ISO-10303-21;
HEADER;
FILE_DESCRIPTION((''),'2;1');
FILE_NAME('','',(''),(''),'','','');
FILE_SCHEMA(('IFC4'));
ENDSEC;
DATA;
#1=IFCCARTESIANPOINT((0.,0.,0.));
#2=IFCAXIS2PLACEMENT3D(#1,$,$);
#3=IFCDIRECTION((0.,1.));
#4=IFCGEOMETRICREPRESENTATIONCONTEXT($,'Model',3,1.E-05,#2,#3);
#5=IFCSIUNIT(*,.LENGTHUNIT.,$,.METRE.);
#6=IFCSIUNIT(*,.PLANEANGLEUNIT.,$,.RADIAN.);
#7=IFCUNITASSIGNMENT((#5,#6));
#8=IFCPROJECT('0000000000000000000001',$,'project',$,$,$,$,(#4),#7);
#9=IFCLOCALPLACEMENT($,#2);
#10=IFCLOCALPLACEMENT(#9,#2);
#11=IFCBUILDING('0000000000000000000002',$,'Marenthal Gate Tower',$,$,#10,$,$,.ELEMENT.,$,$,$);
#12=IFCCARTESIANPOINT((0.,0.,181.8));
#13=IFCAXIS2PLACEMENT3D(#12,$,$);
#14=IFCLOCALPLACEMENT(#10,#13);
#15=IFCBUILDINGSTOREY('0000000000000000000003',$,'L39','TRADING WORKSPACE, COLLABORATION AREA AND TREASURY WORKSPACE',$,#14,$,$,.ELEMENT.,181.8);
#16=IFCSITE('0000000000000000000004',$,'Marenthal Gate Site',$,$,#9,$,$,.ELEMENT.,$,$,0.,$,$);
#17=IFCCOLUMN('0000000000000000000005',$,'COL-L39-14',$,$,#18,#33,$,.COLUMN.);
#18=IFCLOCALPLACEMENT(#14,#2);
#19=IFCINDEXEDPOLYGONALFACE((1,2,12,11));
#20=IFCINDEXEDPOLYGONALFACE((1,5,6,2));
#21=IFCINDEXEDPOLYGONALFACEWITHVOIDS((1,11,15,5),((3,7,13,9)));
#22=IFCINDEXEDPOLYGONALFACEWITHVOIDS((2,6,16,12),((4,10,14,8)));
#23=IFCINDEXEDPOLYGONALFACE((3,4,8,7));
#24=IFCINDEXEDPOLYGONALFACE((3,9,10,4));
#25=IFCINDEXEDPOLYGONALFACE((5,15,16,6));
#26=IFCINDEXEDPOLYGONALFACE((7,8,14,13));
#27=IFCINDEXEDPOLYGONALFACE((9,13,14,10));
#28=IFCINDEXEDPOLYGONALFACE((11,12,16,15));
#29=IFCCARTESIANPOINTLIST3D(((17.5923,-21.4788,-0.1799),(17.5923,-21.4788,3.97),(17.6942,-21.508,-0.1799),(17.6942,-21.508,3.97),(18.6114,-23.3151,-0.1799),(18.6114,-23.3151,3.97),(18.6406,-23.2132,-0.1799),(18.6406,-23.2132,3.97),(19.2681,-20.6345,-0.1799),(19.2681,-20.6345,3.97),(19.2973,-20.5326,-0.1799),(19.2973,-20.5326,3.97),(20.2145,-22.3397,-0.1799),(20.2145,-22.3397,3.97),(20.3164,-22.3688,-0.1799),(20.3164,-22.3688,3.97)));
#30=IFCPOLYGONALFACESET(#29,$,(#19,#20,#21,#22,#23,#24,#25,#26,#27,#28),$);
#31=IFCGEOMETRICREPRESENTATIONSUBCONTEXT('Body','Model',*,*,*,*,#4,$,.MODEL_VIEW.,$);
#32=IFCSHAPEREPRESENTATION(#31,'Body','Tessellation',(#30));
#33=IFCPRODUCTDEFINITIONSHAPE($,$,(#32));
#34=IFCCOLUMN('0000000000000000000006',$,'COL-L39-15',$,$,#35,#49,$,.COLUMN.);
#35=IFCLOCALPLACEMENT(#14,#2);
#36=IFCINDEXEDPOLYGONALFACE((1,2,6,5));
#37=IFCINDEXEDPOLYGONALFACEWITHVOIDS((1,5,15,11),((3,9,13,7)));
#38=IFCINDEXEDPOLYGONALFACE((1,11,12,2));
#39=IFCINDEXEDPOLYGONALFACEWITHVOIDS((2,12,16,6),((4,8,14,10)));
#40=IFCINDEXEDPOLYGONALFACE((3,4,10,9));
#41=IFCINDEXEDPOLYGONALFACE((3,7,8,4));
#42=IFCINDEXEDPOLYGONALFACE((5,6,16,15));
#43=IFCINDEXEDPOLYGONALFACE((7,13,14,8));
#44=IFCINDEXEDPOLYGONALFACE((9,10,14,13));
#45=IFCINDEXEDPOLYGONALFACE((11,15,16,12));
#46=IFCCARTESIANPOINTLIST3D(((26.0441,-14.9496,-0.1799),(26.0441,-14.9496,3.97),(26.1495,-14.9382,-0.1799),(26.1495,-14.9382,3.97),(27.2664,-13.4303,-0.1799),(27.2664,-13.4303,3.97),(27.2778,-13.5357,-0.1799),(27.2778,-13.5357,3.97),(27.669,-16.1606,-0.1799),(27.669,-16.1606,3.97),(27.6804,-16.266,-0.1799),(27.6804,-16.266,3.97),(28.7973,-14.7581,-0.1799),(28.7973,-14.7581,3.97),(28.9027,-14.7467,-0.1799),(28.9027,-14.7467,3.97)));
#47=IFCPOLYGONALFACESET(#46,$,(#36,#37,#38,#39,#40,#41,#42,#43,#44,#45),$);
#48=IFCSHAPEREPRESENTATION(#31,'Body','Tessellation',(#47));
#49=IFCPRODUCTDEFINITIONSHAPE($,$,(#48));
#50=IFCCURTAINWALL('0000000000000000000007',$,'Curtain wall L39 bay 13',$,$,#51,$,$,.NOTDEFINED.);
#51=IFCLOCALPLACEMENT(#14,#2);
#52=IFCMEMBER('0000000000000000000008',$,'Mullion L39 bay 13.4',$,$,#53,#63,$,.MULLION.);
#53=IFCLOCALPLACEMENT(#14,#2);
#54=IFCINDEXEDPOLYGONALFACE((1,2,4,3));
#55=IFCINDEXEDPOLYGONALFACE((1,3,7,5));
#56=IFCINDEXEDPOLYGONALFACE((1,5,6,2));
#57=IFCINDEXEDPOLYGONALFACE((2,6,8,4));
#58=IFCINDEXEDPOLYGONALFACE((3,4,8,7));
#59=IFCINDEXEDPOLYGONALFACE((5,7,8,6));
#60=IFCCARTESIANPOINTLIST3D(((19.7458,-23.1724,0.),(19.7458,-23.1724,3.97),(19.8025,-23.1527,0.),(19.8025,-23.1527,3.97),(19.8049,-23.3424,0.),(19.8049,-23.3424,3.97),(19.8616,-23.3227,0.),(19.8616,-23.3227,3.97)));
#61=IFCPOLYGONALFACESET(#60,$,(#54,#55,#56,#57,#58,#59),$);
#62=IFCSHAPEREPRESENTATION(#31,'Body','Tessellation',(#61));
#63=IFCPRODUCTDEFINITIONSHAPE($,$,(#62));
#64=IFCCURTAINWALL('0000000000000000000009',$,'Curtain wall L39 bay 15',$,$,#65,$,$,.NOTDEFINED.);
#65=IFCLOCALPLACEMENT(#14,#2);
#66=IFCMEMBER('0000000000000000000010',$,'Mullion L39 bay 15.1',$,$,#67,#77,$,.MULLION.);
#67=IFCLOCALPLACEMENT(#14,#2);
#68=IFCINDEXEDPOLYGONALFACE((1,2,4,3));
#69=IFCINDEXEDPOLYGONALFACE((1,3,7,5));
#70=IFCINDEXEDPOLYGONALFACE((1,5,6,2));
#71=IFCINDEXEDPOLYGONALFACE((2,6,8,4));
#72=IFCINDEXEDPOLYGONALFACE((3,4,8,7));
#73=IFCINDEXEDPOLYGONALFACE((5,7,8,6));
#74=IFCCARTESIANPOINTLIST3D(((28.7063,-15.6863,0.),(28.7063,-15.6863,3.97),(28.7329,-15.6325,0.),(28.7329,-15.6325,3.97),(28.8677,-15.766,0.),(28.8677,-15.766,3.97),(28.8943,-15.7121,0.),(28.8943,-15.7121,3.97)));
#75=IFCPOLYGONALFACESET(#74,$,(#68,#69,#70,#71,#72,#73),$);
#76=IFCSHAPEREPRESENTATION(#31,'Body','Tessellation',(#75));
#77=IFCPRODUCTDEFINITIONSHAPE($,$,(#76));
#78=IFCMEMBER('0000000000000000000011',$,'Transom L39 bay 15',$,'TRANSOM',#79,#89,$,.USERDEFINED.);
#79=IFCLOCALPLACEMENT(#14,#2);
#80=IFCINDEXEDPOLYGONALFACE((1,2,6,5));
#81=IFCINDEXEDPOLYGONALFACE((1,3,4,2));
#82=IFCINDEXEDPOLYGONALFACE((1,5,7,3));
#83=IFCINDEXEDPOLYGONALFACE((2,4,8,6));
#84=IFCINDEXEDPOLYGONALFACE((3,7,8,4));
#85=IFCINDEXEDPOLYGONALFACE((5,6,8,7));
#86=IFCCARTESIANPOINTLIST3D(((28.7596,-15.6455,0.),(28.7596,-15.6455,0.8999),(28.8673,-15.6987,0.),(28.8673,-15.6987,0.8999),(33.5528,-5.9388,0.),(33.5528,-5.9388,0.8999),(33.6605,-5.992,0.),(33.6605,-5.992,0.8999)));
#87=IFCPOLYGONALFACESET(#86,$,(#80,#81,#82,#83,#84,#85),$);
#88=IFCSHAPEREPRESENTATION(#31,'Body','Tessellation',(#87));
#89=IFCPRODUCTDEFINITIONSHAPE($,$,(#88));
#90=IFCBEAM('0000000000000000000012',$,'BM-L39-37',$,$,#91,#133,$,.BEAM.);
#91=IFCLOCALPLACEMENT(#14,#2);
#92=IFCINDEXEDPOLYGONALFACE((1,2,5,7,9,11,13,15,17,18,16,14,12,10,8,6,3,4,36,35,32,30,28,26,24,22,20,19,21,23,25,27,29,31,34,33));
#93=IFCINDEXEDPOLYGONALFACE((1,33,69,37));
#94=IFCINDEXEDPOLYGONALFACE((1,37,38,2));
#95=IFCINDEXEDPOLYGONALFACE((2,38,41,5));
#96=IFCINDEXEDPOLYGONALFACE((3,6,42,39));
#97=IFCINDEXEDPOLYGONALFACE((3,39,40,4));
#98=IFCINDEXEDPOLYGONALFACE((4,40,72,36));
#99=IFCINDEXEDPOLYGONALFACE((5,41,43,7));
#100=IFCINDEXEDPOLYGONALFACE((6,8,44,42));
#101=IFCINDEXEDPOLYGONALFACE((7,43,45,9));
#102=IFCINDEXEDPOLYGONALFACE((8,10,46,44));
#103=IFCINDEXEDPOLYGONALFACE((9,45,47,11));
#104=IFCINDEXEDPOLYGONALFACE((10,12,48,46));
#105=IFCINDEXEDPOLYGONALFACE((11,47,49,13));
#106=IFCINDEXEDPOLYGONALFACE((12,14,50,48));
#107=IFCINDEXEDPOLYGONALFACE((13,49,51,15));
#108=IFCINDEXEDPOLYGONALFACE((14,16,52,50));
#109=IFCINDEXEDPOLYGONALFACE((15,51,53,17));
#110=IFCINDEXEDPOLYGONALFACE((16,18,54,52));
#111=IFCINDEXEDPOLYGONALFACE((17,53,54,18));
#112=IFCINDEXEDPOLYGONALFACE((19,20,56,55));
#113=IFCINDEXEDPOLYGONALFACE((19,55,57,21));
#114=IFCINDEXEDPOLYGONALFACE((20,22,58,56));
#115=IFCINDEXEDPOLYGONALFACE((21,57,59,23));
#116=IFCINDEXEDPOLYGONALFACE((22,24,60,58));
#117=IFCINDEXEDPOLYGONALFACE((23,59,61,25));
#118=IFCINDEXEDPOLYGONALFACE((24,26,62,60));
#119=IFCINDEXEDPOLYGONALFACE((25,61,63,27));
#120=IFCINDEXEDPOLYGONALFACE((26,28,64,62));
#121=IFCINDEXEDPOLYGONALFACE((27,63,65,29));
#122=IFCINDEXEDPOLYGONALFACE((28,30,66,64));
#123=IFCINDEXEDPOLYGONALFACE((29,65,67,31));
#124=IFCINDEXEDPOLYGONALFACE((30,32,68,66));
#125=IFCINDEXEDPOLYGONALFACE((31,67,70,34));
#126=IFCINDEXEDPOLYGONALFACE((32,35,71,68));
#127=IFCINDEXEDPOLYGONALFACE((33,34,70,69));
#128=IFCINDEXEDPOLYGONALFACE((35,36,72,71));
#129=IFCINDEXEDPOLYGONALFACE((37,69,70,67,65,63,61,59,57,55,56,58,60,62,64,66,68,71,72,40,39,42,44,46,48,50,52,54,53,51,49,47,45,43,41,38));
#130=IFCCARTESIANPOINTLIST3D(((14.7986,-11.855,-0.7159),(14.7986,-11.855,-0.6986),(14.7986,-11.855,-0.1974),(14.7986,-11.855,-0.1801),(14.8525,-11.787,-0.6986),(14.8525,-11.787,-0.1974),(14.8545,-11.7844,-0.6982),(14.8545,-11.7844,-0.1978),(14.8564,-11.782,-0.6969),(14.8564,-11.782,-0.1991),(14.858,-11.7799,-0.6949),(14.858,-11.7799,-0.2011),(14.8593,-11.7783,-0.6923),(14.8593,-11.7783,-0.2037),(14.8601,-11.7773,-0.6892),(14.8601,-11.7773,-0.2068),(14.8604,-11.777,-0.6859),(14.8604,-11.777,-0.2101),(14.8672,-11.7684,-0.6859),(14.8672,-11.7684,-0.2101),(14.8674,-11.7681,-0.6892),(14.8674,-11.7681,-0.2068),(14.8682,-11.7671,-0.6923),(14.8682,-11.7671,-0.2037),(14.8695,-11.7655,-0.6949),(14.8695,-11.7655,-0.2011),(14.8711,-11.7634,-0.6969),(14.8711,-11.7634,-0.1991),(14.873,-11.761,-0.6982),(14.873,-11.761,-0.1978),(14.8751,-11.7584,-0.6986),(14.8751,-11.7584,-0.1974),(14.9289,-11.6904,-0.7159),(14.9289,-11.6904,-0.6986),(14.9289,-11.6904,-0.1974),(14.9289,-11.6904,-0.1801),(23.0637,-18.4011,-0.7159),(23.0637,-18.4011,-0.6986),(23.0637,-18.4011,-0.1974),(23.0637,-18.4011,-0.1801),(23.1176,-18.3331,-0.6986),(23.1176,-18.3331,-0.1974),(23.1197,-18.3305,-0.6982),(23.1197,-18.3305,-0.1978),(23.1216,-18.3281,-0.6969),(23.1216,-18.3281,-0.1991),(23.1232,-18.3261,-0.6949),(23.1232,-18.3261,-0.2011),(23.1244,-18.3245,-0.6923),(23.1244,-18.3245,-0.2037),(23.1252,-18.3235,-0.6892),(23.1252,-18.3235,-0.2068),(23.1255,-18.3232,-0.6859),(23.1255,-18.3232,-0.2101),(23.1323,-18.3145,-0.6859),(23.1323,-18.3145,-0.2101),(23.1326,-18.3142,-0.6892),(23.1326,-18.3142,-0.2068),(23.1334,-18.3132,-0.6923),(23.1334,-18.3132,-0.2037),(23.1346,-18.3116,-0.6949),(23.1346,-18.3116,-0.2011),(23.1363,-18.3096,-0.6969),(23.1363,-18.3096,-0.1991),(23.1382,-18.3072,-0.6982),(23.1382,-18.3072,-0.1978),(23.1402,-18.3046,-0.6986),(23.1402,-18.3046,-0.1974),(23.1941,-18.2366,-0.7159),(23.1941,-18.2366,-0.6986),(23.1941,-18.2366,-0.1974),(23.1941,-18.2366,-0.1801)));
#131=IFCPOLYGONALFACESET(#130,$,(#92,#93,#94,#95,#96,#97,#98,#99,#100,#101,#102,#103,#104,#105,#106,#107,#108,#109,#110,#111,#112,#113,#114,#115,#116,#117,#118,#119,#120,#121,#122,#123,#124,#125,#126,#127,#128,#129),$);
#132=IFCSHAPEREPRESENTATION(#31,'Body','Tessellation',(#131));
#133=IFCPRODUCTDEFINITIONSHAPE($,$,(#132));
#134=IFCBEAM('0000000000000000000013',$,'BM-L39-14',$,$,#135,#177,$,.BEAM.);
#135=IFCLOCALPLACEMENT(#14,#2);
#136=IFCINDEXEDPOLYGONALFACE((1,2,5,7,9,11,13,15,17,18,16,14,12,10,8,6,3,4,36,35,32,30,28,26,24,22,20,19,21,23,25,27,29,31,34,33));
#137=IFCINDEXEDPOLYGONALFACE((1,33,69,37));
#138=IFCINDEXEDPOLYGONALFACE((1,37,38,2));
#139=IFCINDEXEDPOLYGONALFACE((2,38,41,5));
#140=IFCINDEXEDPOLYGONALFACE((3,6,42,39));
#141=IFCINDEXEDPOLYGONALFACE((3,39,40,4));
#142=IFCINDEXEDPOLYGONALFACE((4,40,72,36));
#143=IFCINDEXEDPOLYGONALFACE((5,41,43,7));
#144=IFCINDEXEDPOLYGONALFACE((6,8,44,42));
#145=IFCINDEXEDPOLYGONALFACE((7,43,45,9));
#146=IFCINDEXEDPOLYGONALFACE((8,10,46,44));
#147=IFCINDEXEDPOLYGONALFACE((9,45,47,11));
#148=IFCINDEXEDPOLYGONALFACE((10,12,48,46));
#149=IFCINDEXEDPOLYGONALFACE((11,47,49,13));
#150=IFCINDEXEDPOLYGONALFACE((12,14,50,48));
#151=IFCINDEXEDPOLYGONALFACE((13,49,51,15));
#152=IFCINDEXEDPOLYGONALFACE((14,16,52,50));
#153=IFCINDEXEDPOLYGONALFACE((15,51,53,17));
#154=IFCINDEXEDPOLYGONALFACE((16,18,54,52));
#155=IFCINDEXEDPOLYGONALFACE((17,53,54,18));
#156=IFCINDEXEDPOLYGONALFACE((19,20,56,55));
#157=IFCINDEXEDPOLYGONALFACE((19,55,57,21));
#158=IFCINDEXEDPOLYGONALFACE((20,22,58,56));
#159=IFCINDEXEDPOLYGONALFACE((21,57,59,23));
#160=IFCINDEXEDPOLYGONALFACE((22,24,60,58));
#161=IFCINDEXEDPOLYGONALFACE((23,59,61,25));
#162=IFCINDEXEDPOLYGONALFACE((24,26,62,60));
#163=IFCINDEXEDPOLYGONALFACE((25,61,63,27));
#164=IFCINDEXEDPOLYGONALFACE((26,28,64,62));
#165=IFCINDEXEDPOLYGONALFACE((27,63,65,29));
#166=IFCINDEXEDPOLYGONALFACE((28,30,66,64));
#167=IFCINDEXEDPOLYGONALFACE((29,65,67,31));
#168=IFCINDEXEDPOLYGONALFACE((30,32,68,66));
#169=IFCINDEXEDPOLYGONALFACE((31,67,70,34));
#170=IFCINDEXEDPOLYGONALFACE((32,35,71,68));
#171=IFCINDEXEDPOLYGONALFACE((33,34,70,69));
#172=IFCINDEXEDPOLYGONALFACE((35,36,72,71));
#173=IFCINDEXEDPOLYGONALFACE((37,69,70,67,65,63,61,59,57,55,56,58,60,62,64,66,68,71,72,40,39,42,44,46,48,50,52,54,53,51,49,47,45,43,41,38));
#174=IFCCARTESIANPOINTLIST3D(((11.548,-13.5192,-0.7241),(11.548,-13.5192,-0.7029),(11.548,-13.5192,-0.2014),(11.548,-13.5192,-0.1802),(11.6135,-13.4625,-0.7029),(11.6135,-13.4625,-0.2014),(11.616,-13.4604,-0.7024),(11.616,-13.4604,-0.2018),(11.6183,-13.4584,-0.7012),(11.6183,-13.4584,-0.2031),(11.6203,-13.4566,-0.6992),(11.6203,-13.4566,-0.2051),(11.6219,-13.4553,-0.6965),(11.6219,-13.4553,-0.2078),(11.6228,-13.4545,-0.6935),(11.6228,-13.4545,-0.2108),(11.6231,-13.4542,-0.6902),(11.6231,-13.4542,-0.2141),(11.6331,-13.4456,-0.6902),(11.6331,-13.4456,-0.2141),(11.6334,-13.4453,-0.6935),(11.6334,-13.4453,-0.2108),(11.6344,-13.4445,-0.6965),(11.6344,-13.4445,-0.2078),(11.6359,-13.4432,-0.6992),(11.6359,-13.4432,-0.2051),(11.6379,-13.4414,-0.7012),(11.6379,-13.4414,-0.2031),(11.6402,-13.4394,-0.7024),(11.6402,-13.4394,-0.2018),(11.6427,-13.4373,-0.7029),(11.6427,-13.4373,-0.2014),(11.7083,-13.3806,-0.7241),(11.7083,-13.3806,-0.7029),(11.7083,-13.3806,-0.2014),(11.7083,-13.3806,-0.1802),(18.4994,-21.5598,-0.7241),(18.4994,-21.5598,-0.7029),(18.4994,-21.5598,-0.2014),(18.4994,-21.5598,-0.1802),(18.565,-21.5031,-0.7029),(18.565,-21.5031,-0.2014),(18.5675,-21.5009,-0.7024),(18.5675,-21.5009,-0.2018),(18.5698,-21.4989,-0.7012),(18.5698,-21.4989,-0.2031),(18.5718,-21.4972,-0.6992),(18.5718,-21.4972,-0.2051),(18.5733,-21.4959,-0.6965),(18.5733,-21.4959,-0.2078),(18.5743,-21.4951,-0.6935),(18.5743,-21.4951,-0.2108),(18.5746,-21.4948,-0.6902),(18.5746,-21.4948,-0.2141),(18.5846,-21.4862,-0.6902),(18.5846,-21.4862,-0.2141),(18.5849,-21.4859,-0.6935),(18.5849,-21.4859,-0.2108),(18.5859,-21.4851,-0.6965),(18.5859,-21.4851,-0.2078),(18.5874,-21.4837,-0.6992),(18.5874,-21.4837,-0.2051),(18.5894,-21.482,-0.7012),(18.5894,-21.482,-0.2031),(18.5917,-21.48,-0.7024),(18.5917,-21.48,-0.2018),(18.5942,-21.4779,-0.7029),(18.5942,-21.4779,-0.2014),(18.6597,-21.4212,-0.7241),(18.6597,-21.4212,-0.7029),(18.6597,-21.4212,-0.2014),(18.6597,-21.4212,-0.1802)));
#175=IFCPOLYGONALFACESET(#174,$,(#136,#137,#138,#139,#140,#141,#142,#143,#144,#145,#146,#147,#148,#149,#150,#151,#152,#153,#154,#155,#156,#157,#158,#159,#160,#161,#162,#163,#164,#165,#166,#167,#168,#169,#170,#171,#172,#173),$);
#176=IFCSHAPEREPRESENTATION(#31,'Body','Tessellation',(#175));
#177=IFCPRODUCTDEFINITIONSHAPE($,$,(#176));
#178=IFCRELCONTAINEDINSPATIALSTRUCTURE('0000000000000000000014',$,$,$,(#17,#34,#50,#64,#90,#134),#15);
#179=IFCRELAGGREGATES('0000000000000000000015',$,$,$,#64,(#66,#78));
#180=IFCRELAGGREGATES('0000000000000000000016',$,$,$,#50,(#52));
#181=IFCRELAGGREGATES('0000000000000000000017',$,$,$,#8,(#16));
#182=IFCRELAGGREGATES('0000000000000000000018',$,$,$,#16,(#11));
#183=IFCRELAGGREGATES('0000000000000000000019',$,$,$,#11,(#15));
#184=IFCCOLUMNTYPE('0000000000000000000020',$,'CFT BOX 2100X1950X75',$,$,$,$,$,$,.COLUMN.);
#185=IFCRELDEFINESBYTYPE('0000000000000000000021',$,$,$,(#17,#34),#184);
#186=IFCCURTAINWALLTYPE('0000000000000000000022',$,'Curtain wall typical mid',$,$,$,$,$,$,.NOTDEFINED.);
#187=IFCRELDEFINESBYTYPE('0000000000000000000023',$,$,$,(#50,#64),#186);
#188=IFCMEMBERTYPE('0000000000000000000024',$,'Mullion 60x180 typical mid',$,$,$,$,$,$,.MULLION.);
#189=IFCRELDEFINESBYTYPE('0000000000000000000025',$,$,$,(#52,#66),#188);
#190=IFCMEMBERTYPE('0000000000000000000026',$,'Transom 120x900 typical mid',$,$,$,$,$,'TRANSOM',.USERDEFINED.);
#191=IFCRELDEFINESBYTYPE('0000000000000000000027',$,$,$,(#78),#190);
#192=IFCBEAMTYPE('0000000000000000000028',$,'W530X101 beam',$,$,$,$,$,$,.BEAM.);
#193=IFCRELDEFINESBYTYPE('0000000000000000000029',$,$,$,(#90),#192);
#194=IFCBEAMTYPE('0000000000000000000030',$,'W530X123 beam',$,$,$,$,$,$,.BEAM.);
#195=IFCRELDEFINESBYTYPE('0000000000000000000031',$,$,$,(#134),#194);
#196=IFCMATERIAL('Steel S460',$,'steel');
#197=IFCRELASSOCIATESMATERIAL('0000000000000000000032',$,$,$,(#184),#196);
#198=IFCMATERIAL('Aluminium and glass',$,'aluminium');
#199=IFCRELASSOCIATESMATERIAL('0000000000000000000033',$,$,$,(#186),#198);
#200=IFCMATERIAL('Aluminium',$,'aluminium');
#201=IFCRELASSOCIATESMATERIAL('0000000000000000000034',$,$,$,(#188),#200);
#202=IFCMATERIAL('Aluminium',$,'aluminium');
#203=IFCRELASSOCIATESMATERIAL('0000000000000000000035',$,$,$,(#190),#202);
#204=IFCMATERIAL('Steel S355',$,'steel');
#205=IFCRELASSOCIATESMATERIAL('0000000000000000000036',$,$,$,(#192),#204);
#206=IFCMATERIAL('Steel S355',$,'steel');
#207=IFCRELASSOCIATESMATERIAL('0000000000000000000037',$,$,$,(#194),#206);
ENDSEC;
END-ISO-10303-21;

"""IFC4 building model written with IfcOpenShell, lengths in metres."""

from ifc_helpers import new_model, si_unit, direction, frame, origin, origin_2d, place, context, subcontext, project, spatial, rectangle, hollow_rectangle, i_section, extrude, material, material_profile, profile_set, type_object, element, aggregate, save


model = new_model("IFC4")

# Units and contexts
model_context = context("Model", 3, precision=1e-05, world=origin(), true_north=direction((0.0, 1.0)))
body_context = subcontext(model_context, "Body", "Model", "MODEL_VIEW")
ifc_project = project(units=[si_unit("LENGTHUNIT", "METRE"), si_unit("PLANEANGLEUNIT", "RADIAN")], contexts=[model_context])

# Site, building, storey
site_placement = place(None, origin())
site = spatial("IfcSite", under=ifc_project, at=site_placement, Name="Marenthal Gate Site", CompositionType="ELEMENT", RefElevation=0.0)
building_placement = place(site_placement, origin())
building = spatial("IfcBuilding", under=site, at=building_placement, Name="Marenthal Gate Tower", CompositionType="ELEMENT")
storey_placement = place(building_placement, frame((0.0, 0.0, 181.8)))
storey = spatial("IfcBuildingStorey", under=building, at=storey_placement, Name="L39", Description="TRADING WORKSPACE, COLLABORATION AREA AND TREASURY WORKSPACE", CompositionType="ELEMENT", Elevation=181.8)

# Columns
ifc_material_1 = material(Name="Steel S460", Category="steel")
ifc_material_profile_1 = material_profile(ifc_material_1, hollow_rectangle(XDim=1.95, YDim=2.1001, WallThickness=0.075, at=origin_2d()), Name="CFT BOX 2100X1950X75")
ifc_material_2 = material(Name="Concrete 70 MPa", Category="concrete")
ifc_material_profile_2 = material_profile(ifc_material_2, rectangle(XDim=1.8, YDim=1.95, at=origin_2d()), Name="CFT BOX 2100X1950X75 INFILL")
ifc_profile_set_1 = profile_set([ifc_material_profile_1, ifc_material_profile_2], Name="Steel S460 shell, Concrete 70 MPa infill")
column_type = type_object("IfcColumnType", Name="CFT BOX 2100X1950X75", PredefinedType="COLUMN", material=ifc_profile_set_1)
for number, where, z_axis, x_axis, name in (
    (1, (18.9543, -21.9238, -0.1799), (0.0, 0.0, 1.0), (-0.874371, -0.485258, 0.0), "COL-L39-14"),
    (2, (27.4734, -14.8481, -0.1799), (0.0, 0.0, 1.0), (-0.626815, -0.779168, 0.0), "COL-L39-15"),
):
    element("IfcColumn", number, at=place(storey_placement, frame(where, z_axis=z_axis, x_axis=x_axis)), inside=storey, type_object=column_type, Name=name, PredefinedType="COLUMN", context=body_context, shape_type="SweptSolid", body=[
        extrude(hollow_rectangle(XDim=1.95, YDim=2.1001, WallThickness=0.075, at=origin_2d()), origin(), (0.0, 0.0, 1.0), 4.1499),
    ])

# Curtain wall, member
ifc_material_3 = material(Name="Aluminium and glass", Category="aluminium")
curtain_wall_type = type_object("IfcCurtainWallType", Name="Curtain wall typical mid", PredefinedType="NOTDEFINED", material=ifc_material_3)
curtain_wall_1_placement = place(storey_placement, origin())
curtain_wall_1 = element("IfcCurtainWall", 3, at=curtain_wall_1_placement, inside=storey, type_object=curtain_wall_type, Name="Curtain wall L39 bay 13", PredefinedType="NOTDEFINED")
ifc_material_4 = material(Name="Aluminium", Category="aluminium")
ifc_material_profile_3 = material_profile(ifc_material_4, rectangle(XDim=0.1799, YDim=0.0601, at=origin_2d()), Name="60x180 aluminium mullion")
ifc_profile_set_2 = profile_set([ifc_material_profile_3], Name="Aluminium")
member_type_1 = type_object("IfcMemberType", Name="Mullion 60x180 typical mid", PredefinedType="MULLION", material=ifc_profile_set_2)
member_1_placement = place(storey_placement, frame((19.8037, -23.2476, 0.0), z_axis=(0.0, 0.0, 1.0), x_axis=(-0.328211, 0.944604, 0.0)))
member_1 = element("IfcMember", 4, at=member_1_placement, type_object=member_type_1, Name="Mullion L39 bay 13.4", PredefinedType="MULLION", context=body_context, shape_type="SweptSolid", body=[
    extrude(rectangle(XDim=0.1799, YDim=0.0601, at=origin_2d()), origin(), (0.0, 0.0, 1.0), 3.97),
])

# Curtain wall, members
curtain_wall_2_placement = place(storey_placement, origin())
curtain_wall_2 = element("IfcCurtainWall", 5, at=curtain_wall_2_placement, inside=storey, type_object=curtain_wall_type, Name="Curtain wall L39 bay 15", PredefinedType="NOTDEFINED")
member_2_placement = place(storey_placement, frame((28.8003, -15.6992, 0.0), z_axis=(0.0, 0.0, 1.0), x_axis=(-0.896643, 0.442753, 0.0)))
member_2 = element("IfcMember", 6, at=member_2_placement, type_object=member_type_1, Name="Mullion L39 bay 15.1", PredefinedType="MULLION", context=body_context, shape_type="SweptSolid", body=[
    extrude(rectangle(XDim=0.1799, YDim=0.0601, at=origin_2d()), origin(), (0.0, 0.0, 1.0), 3.97),
])
ifc_material_5 = material(Name="Aluminium", Category="aluminium")
ifc_material_profile_4 = material_profile(ifc_material_5, rectangle(XDim=0.1201, YDim=0.8999, at=origin_2d()), Name="120x900 aluminium transom")
ifc_profile_set_3 = profile_set([ifc_material_profile_4], Name="Aluminium")
member_type_2 = type_object("IfcMemberType", Name="Transom 120x900 typical mid", ElementType="TRANSOM", PredefinedType="USERDEFINED", material=ifc_profile_set_3)
member_3_placement = place(storey_placement, frame((28.8135, -15.6721, 0.45), z_axis=(0.442761, 0.89664, 0.0), x_axis=(-0.89664, 0.442761, 0.0)))
member_3 = element("IfcMember", 7, at=member_3_placement, type_object=member_type_2, Name="Transom L39 bay 15", ObjectType="TRANSOM", PredefinedType="USERDEFINED", context=body_context, shape_type="SweptSolid", body=[
    extrude(rectangle(XDim=0.1201, YDim=0.8999, at=origin_2d()), origin(), (0.0, 0.0, 1.0), 10.8257),
])
aggregate(curtain_wall_2, [member_2, member_3])

# Beams
ifc_material_6 = material(Name="Steel S355", Category="steel")
ifc_material_profile_5 = material_profile(ifc_material_6, i_section(OverallWidth=0.21, OverallDepth=0.5359, WebThickness=0.011, FlangeThickness=0.0173, FilletRadius=0.0127, at=origin_2d()), Name="W530X101")
ifc_profile_set_4 = profile_set([ifc_material_profile_5], Name="Steel S355")
beam_type_1 = type_object("IfcBeamType", Name="W530X101 beam", PredefinedType="BEAM", material=ifc_profile_set_4)
beam_1_placement = place(storey_placement, frame((23.1289, -18.3188, -0.448), z_axis=(-0.783912, 0.620873, 0.0), x_axis=(-0.620873, -0.783912, 0.0)))
element("IfcBeam", 8, at=beam_1_placement, inside=storey, type_object=beam_type_1, Name="BM-L39-37", PredefinedType="BEAM", context=body_context, shape_type="SweptSolid", body=[
    extrude(i_section(OverallWidth=0.21, OverallDepth=0.5359, WebThickness=0.011, FlangeThickness=0.0173, FilletRadius=0.0127, at=origin_2d()), origin(), (0.0, 0.0, 1.0), 10.5435),
])
ifc_material_7 = material(Name="Steel S355", Category="steel")
ifc_material_profile_6 = material_profile(ifc_material_7, i_section(OverallWidth=0.2119, OverallDepth=0.5439, WebThickness=0.0132, FlangeThickness=0.0212, FilletRadius=0.0127, at=origin_2d()), Name="W530X123")
ifc_profile_set_5 = profile_set([ifc_material_profile_6], Name="Steel S355")
beam_type_2 = type_object("IfcBeamType", Name="W530X123 beam", PredefinedType="BEAM", material=ifc_profile_set_5)
beam_2_placement = place(storey_placement, frame((18.5796, -21.4905, -0.4521), z_axis=(-0.654014, 0.756482, 0.0), x_axis=(-0.756482, -0.654014, 0.0)))
element("IfcBeam", 9, at=beam_2_placement, inside=storey, type_object=beam_type_2, Name="BM-L39-14", PredefinedType="BEAM", context=body_context, shape_type="SweptSolid", body=[
    extrude(i_section(OverallWidth=0.2119, OverallDepth=0.5439, WebThickness=0.0132, FlangeThickness=0.0212, FilletRadius=0.0127, at=origin_2d()), origin(), (0.0, 0.0, 1.0), 10.6289),
])

aggregate(curtain_wall_1, [member_1])

save(model, "model.ifc")
